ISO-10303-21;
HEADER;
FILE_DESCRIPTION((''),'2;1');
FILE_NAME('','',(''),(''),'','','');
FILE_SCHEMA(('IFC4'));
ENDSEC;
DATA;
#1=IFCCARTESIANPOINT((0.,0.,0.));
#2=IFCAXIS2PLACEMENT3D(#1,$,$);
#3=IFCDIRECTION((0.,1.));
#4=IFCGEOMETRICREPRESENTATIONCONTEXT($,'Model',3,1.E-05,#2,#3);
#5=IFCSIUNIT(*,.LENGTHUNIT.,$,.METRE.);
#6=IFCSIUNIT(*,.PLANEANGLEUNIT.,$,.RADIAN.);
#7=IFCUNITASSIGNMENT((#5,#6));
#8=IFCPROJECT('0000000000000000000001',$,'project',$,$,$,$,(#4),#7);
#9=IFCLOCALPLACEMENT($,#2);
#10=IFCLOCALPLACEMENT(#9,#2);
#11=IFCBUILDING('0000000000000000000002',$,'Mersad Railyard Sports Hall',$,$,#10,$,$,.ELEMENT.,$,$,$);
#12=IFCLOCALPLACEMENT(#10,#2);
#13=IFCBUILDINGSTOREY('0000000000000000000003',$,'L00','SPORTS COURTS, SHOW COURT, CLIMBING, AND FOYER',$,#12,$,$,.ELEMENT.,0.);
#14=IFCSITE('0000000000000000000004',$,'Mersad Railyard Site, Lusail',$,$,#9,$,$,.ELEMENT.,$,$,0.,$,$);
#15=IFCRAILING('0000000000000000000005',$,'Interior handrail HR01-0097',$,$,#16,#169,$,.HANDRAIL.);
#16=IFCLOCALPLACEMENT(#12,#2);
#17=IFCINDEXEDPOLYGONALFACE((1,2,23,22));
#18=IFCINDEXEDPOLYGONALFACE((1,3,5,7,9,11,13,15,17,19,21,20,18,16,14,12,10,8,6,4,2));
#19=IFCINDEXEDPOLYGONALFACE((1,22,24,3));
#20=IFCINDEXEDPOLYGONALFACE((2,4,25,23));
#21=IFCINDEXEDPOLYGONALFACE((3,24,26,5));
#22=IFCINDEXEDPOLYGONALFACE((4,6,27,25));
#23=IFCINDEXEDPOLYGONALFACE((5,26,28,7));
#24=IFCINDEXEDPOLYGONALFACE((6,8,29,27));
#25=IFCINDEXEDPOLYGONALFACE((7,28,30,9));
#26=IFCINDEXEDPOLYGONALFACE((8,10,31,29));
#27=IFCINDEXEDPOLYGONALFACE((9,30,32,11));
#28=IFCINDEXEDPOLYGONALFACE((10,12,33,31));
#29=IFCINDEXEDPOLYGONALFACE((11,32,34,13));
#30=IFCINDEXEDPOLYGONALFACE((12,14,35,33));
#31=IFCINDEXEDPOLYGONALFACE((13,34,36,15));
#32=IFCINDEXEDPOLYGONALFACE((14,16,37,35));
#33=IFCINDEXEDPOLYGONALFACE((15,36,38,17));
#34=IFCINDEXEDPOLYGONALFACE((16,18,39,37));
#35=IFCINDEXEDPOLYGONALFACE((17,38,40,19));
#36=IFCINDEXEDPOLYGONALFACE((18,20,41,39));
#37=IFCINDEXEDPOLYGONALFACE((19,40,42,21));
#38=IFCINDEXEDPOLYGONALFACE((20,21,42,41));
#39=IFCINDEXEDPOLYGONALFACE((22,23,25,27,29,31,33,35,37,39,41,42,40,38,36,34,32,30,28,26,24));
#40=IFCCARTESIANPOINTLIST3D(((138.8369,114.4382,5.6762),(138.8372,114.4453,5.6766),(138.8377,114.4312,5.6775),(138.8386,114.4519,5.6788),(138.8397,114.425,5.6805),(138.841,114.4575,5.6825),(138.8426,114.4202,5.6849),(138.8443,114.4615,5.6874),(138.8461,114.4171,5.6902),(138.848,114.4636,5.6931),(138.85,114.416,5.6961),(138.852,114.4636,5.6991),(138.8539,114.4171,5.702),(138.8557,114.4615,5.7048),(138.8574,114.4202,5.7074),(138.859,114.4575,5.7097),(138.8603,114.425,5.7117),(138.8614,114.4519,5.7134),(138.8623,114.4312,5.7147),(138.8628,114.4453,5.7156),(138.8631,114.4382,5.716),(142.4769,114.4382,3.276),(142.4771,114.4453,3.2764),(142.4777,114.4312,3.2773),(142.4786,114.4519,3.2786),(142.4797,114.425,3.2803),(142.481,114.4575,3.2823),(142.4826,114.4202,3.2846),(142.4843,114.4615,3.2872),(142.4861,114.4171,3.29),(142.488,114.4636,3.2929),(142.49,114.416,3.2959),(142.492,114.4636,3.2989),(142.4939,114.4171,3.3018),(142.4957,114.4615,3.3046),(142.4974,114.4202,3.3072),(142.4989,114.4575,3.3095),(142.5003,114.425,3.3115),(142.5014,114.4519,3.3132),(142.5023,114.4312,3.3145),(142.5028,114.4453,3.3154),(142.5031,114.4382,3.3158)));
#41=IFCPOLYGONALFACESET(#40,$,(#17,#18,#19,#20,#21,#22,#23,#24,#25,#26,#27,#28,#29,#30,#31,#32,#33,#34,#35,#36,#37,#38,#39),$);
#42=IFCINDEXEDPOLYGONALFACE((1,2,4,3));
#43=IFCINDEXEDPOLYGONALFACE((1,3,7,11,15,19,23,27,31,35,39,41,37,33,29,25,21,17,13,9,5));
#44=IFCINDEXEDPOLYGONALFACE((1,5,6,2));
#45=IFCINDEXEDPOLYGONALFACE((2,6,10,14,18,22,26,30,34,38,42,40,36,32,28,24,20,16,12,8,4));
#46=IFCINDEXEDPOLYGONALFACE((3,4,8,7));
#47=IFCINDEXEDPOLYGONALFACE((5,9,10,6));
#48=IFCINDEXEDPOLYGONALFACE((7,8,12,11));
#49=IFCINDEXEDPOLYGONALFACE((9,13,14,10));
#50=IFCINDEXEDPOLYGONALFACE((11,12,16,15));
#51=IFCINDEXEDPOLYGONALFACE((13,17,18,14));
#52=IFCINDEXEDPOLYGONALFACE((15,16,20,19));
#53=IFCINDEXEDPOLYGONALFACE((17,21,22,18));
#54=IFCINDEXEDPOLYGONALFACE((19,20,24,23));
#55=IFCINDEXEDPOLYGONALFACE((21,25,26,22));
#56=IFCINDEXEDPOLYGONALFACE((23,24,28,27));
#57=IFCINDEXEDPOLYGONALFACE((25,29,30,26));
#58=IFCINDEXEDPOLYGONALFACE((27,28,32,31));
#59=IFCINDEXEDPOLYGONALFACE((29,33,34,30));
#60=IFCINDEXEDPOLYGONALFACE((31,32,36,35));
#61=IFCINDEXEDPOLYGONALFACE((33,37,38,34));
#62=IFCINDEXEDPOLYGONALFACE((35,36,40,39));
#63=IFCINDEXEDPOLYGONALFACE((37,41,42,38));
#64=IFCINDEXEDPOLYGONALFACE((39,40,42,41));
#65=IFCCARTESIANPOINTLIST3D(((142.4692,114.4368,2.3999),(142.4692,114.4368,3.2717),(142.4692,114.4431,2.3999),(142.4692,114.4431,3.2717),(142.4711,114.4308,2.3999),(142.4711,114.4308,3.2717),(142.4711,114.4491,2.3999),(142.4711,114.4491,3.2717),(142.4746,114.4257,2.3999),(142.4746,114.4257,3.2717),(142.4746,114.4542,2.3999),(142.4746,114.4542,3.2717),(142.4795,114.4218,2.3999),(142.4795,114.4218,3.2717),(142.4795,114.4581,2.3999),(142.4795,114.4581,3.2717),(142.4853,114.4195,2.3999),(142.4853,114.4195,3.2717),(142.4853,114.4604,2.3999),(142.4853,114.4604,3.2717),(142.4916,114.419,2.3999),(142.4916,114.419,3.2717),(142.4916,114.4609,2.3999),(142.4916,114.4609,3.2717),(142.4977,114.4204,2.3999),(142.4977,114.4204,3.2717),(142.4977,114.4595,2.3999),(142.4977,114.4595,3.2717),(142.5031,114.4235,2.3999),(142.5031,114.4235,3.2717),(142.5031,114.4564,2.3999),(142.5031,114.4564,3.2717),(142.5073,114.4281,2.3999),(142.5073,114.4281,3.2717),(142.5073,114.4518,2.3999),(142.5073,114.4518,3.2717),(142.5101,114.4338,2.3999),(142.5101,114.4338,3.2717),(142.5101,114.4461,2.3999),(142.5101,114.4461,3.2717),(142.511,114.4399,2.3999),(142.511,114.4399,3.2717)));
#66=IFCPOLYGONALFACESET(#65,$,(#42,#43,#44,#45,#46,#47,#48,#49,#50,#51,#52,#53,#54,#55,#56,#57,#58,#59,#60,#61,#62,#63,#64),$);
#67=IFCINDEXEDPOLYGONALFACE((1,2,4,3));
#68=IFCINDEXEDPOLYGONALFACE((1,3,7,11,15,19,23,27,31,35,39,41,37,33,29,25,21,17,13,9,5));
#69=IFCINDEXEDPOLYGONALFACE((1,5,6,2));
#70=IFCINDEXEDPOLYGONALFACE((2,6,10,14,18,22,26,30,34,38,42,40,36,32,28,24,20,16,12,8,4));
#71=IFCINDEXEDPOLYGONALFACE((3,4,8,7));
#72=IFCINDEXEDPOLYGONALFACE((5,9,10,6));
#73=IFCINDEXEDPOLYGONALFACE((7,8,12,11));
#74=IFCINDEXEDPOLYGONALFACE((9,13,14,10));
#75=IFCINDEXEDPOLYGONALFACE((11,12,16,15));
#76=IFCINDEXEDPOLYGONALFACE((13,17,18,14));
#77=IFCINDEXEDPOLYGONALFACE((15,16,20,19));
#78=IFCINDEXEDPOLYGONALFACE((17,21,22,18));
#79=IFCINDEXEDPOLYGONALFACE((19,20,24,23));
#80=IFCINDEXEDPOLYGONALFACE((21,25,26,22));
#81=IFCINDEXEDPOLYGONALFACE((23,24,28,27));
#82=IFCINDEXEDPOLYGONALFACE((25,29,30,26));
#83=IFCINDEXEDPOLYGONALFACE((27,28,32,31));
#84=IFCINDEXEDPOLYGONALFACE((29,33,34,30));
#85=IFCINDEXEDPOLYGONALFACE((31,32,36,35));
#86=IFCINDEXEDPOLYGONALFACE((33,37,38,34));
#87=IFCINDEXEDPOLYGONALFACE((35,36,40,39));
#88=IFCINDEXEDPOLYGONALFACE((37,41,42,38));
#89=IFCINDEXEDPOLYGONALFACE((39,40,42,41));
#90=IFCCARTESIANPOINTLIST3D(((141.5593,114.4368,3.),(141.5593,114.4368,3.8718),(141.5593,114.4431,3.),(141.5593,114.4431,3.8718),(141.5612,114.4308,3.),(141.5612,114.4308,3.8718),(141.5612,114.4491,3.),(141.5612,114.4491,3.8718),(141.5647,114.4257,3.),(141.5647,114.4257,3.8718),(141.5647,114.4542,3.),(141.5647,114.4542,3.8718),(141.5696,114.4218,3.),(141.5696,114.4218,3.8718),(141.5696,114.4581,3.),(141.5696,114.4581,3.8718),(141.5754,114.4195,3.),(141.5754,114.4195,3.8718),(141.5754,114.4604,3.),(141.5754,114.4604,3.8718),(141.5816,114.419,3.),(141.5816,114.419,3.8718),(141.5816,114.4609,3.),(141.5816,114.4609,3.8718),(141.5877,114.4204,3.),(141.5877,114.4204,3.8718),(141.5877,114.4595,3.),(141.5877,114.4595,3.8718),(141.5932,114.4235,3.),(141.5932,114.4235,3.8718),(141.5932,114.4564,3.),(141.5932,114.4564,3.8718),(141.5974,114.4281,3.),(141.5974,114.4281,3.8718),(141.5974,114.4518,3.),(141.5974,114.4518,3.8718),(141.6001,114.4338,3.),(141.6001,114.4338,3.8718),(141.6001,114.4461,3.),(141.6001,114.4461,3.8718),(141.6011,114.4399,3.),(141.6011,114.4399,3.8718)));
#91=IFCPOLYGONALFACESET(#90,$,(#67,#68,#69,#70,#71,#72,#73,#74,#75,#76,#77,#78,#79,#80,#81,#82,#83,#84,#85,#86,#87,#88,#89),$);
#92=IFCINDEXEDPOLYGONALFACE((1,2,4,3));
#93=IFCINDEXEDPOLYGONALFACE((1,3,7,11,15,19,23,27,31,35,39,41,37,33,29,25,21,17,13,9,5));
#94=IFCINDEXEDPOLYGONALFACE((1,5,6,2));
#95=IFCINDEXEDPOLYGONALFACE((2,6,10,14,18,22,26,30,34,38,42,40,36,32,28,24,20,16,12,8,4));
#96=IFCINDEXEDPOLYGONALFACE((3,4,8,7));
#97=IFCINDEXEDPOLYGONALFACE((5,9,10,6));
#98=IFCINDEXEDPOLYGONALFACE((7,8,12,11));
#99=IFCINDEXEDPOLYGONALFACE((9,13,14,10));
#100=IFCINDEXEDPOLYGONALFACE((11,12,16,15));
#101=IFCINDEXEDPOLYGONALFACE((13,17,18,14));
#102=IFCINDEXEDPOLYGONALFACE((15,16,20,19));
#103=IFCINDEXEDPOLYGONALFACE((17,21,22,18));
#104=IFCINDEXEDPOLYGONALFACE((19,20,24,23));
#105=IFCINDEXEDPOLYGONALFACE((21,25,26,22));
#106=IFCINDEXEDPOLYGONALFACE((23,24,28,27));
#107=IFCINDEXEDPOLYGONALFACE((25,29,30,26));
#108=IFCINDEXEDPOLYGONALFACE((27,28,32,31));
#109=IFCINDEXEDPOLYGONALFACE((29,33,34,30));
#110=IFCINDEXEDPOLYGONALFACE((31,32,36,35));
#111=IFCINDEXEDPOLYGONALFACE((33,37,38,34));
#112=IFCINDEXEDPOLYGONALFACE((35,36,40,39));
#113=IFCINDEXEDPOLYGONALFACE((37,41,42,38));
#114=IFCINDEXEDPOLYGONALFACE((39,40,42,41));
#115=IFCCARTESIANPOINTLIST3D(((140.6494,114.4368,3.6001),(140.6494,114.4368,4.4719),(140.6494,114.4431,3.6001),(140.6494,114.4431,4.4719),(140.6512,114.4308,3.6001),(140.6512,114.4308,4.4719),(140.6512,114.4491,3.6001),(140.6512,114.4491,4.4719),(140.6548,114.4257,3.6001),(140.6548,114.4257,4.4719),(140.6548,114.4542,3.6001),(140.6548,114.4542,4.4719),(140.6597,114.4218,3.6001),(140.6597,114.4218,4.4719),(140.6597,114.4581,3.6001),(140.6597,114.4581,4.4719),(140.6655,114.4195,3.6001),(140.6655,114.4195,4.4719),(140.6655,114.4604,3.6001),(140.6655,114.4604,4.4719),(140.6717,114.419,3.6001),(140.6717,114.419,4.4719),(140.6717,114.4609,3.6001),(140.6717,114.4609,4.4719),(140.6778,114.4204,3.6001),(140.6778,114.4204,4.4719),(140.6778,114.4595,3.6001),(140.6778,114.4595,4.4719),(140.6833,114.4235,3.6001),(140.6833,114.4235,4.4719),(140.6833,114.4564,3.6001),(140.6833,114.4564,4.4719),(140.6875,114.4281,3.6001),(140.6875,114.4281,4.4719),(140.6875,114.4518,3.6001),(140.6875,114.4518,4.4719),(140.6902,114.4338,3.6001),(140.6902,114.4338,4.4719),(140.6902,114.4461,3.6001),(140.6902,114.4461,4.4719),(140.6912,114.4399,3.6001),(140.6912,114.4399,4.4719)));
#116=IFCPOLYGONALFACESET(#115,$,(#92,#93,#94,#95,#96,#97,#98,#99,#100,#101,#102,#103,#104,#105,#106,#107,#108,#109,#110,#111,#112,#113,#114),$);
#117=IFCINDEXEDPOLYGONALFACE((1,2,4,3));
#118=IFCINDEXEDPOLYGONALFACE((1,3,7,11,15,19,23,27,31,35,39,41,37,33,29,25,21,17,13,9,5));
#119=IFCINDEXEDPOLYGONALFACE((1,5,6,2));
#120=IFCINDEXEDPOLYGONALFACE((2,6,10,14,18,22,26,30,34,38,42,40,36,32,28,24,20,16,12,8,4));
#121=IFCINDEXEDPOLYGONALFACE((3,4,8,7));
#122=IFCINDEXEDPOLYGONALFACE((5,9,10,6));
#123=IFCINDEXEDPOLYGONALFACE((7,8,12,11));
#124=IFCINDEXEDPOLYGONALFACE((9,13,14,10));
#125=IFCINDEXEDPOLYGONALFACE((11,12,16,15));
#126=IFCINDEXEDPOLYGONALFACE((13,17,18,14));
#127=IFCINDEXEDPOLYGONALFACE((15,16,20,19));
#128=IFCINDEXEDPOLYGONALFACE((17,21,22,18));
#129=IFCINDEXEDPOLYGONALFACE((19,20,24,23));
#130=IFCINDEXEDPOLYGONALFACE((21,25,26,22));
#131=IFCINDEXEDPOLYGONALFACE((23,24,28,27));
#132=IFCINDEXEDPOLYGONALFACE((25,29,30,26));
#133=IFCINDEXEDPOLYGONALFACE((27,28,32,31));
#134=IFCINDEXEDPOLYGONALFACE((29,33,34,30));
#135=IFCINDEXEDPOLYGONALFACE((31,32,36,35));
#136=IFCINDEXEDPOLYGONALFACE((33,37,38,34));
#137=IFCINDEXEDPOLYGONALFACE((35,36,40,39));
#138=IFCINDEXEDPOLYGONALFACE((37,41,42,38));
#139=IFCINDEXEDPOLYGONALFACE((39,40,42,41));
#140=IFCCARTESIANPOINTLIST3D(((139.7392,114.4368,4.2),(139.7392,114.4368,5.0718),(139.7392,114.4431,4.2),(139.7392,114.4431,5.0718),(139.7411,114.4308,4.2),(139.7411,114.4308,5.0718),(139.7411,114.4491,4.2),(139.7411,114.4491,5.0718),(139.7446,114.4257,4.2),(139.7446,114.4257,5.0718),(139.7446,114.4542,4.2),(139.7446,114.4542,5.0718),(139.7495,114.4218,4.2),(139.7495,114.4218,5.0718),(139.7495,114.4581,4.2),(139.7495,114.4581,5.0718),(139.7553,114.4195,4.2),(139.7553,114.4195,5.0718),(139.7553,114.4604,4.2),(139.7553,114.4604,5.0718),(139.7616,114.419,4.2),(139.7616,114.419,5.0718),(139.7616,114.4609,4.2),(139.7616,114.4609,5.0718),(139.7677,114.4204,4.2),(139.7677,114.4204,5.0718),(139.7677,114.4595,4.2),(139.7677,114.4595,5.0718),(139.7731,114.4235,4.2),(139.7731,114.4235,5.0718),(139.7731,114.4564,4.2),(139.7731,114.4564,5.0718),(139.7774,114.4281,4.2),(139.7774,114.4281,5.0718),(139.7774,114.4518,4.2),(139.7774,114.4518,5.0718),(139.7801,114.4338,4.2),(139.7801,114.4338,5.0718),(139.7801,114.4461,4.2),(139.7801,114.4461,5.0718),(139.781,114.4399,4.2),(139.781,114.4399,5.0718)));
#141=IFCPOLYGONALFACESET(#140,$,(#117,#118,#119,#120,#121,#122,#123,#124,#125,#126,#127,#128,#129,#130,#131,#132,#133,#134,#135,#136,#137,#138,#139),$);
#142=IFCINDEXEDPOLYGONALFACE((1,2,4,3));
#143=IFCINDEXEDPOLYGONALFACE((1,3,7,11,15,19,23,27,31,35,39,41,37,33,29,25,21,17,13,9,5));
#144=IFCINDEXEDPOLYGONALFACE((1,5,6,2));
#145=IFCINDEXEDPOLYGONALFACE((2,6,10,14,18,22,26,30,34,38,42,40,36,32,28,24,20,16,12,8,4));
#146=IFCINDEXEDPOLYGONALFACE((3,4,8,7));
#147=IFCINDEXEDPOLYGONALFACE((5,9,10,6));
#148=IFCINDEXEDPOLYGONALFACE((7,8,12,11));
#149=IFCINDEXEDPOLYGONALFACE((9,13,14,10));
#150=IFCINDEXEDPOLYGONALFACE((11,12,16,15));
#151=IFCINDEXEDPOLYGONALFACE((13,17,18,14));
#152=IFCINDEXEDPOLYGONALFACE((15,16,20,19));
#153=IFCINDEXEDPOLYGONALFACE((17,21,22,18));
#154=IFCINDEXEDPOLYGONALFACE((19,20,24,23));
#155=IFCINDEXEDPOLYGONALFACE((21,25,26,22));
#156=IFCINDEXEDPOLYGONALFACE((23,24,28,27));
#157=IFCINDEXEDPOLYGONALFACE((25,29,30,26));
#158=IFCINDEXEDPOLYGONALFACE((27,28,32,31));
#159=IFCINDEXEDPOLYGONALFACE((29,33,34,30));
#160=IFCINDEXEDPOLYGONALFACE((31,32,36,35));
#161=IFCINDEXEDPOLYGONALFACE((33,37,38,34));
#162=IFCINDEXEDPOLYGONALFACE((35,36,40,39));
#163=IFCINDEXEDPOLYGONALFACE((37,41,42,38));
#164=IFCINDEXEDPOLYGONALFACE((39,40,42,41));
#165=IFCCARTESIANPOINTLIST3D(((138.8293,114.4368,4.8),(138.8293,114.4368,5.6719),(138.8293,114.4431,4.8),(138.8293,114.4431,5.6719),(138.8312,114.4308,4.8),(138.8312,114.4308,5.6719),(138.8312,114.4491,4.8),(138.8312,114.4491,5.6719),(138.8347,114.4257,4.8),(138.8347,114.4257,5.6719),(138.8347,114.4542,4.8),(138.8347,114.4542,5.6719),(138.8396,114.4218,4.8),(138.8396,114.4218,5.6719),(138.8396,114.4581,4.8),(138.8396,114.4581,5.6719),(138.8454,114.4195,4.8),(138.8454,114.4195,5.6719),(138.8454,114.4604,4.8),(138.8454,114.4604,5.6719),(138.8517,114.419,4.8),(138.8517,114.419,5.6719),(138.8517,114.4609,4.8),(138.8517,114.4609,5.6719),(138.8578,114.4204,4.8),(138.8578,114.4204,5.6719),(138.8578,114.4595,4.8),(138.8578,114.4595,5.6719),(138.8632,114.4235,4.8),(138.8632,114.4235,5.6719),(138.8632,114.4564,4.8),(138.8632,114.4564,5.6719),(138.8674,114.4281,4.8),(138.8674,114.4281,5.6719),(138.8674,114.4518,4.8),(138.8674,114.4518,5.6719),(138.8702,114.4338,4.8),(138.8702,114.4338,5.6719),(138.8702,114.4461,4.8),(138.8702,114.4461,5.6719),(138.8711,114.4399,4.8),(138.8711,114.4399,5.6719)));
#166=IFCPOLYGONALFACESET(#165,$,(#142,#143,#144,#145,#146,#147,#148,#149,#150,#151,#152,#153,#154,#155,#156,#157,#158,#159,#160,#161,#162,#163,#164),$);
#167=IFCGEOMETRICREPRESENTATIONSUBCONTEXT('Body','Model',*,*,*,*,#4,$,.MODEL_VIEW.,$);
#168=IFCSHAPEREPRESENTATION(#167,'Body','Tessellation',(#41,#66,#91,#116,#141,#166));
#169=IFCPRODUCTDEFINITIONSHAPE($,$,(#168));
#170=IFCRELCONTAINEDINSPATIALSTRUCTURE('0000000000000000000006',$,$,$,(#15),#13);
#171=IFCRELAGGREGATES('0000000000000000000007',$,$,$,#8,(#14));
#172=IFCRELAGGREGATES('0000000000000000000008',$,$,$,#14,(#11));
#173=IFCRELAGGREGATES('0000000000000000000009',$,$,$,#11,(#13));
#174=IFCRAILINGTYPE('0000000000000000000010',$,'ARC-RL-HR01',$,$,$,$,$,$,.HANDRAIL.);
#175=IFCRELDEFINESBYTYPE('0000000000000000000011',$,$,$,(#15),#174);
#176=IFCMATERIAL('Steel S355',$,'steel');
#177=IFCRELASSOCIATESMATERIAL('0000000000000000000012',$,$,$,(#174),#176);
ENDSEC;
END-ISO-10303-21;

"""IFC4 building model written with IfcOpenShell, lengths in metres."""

from ifc_helpers import new_model, si_unit, direction, frame, origin, origin_2d, place, context, subcontext, project, spatial, circle, extrude, material, type_object, element, save


model = new_model("IFC4")

# Units and contexts
model_context = context("Model", 3, precision=1e-05, world=origin(), true_north=direction((0.0, 1.0)))
body_context = subcontext(model_context, "Body", "Model", "MODEL_VIEW")
ifc_project = project(units=[si_unit("LENGTHUNIT", "METRE"), si_unit("PLANEANGLEUNIT", "RADIAN")], contexts=[model_context])

# Site, building, storey
site_placement = place(None, origin())
site = spatial("IfcSite", under=ifc_project, at=site_placement, Name="Mersad Railyard Site, Lusail", CompositionType="ELEMENT", RefElevation=0.0)
building_placement = place(site_placement, origin())
building = spatial("IfcBuilding", under=site, at=building_placement, Name="Mersad Railyard Sports Hall", CompositionType="ELEMENT")
storey_placement = place(building_placement, origin())
storey = spatial("IfcBuildingStorey", under=building, at=storey_placement, Name="L00", Description="SPORTS COURTS, SHOW COURT, CLIMBING, AND FOYER", CompositionType="ELEMENT", Elevation=0.0)

# Shared definitions
ifc_material_1 = material(Name="Steel S355", Category="steel")

# Railing
railing_type = type_object("IfcRailingType", Name="ARC-RL-HR01", PredefinedType="HANDRAIL", material=ifc_material_1)
railing_placement = place(storey_placement, frame((142.49, 114.4399, 2.3999)))
element("IfcRailing", 1, at=railing_placement, inside=storey, type_object=railing_type, Name="Interior handrail HR01-0097", PredefinedType="HANDRAIL", context=body_context, shape_type="SweptSolid", body=[
    extrude(circle(Radius=0.0239, at=origin_2d()), frame((0.0, 0.0, 0.896), z_axis=(-0.834839, 0.0, 0.550493), x_axis=(0.0, -1.0, 0.0)), (0.0, 0.0, 1.0), 4.3601),
    extrude(circle(Radius=0.021, at=origin_2d()), origin(), (0.0, 0.0, 1.0), 0.8718),
    extrude(circle(Radius=0.021, at=origin_2d()), frame((-0.9099, 0.0, 0.6001)), (0.0, 0.0, 1.0), 0.8718),
    extrude(circle(Radius=0.021, at=origin_2d()), frame((-1.8198, 0.0, 1.2002)), (0.0, 0.0, 1.0), 0.8718),
    extrude(circle(Radius=0.021, at=origin_2d()), frame((-2.73, 0.0, 1.8)), (0.0, 0.0, 1.0), 0.8718),
    extrude(circle(Radius=0.021, at=origin_2d()), frame((-3.6399, 0.0, 2.4001)), (0.0, 0.0, 1.0), 0.8718),
])

save(model, "model.ifc")
